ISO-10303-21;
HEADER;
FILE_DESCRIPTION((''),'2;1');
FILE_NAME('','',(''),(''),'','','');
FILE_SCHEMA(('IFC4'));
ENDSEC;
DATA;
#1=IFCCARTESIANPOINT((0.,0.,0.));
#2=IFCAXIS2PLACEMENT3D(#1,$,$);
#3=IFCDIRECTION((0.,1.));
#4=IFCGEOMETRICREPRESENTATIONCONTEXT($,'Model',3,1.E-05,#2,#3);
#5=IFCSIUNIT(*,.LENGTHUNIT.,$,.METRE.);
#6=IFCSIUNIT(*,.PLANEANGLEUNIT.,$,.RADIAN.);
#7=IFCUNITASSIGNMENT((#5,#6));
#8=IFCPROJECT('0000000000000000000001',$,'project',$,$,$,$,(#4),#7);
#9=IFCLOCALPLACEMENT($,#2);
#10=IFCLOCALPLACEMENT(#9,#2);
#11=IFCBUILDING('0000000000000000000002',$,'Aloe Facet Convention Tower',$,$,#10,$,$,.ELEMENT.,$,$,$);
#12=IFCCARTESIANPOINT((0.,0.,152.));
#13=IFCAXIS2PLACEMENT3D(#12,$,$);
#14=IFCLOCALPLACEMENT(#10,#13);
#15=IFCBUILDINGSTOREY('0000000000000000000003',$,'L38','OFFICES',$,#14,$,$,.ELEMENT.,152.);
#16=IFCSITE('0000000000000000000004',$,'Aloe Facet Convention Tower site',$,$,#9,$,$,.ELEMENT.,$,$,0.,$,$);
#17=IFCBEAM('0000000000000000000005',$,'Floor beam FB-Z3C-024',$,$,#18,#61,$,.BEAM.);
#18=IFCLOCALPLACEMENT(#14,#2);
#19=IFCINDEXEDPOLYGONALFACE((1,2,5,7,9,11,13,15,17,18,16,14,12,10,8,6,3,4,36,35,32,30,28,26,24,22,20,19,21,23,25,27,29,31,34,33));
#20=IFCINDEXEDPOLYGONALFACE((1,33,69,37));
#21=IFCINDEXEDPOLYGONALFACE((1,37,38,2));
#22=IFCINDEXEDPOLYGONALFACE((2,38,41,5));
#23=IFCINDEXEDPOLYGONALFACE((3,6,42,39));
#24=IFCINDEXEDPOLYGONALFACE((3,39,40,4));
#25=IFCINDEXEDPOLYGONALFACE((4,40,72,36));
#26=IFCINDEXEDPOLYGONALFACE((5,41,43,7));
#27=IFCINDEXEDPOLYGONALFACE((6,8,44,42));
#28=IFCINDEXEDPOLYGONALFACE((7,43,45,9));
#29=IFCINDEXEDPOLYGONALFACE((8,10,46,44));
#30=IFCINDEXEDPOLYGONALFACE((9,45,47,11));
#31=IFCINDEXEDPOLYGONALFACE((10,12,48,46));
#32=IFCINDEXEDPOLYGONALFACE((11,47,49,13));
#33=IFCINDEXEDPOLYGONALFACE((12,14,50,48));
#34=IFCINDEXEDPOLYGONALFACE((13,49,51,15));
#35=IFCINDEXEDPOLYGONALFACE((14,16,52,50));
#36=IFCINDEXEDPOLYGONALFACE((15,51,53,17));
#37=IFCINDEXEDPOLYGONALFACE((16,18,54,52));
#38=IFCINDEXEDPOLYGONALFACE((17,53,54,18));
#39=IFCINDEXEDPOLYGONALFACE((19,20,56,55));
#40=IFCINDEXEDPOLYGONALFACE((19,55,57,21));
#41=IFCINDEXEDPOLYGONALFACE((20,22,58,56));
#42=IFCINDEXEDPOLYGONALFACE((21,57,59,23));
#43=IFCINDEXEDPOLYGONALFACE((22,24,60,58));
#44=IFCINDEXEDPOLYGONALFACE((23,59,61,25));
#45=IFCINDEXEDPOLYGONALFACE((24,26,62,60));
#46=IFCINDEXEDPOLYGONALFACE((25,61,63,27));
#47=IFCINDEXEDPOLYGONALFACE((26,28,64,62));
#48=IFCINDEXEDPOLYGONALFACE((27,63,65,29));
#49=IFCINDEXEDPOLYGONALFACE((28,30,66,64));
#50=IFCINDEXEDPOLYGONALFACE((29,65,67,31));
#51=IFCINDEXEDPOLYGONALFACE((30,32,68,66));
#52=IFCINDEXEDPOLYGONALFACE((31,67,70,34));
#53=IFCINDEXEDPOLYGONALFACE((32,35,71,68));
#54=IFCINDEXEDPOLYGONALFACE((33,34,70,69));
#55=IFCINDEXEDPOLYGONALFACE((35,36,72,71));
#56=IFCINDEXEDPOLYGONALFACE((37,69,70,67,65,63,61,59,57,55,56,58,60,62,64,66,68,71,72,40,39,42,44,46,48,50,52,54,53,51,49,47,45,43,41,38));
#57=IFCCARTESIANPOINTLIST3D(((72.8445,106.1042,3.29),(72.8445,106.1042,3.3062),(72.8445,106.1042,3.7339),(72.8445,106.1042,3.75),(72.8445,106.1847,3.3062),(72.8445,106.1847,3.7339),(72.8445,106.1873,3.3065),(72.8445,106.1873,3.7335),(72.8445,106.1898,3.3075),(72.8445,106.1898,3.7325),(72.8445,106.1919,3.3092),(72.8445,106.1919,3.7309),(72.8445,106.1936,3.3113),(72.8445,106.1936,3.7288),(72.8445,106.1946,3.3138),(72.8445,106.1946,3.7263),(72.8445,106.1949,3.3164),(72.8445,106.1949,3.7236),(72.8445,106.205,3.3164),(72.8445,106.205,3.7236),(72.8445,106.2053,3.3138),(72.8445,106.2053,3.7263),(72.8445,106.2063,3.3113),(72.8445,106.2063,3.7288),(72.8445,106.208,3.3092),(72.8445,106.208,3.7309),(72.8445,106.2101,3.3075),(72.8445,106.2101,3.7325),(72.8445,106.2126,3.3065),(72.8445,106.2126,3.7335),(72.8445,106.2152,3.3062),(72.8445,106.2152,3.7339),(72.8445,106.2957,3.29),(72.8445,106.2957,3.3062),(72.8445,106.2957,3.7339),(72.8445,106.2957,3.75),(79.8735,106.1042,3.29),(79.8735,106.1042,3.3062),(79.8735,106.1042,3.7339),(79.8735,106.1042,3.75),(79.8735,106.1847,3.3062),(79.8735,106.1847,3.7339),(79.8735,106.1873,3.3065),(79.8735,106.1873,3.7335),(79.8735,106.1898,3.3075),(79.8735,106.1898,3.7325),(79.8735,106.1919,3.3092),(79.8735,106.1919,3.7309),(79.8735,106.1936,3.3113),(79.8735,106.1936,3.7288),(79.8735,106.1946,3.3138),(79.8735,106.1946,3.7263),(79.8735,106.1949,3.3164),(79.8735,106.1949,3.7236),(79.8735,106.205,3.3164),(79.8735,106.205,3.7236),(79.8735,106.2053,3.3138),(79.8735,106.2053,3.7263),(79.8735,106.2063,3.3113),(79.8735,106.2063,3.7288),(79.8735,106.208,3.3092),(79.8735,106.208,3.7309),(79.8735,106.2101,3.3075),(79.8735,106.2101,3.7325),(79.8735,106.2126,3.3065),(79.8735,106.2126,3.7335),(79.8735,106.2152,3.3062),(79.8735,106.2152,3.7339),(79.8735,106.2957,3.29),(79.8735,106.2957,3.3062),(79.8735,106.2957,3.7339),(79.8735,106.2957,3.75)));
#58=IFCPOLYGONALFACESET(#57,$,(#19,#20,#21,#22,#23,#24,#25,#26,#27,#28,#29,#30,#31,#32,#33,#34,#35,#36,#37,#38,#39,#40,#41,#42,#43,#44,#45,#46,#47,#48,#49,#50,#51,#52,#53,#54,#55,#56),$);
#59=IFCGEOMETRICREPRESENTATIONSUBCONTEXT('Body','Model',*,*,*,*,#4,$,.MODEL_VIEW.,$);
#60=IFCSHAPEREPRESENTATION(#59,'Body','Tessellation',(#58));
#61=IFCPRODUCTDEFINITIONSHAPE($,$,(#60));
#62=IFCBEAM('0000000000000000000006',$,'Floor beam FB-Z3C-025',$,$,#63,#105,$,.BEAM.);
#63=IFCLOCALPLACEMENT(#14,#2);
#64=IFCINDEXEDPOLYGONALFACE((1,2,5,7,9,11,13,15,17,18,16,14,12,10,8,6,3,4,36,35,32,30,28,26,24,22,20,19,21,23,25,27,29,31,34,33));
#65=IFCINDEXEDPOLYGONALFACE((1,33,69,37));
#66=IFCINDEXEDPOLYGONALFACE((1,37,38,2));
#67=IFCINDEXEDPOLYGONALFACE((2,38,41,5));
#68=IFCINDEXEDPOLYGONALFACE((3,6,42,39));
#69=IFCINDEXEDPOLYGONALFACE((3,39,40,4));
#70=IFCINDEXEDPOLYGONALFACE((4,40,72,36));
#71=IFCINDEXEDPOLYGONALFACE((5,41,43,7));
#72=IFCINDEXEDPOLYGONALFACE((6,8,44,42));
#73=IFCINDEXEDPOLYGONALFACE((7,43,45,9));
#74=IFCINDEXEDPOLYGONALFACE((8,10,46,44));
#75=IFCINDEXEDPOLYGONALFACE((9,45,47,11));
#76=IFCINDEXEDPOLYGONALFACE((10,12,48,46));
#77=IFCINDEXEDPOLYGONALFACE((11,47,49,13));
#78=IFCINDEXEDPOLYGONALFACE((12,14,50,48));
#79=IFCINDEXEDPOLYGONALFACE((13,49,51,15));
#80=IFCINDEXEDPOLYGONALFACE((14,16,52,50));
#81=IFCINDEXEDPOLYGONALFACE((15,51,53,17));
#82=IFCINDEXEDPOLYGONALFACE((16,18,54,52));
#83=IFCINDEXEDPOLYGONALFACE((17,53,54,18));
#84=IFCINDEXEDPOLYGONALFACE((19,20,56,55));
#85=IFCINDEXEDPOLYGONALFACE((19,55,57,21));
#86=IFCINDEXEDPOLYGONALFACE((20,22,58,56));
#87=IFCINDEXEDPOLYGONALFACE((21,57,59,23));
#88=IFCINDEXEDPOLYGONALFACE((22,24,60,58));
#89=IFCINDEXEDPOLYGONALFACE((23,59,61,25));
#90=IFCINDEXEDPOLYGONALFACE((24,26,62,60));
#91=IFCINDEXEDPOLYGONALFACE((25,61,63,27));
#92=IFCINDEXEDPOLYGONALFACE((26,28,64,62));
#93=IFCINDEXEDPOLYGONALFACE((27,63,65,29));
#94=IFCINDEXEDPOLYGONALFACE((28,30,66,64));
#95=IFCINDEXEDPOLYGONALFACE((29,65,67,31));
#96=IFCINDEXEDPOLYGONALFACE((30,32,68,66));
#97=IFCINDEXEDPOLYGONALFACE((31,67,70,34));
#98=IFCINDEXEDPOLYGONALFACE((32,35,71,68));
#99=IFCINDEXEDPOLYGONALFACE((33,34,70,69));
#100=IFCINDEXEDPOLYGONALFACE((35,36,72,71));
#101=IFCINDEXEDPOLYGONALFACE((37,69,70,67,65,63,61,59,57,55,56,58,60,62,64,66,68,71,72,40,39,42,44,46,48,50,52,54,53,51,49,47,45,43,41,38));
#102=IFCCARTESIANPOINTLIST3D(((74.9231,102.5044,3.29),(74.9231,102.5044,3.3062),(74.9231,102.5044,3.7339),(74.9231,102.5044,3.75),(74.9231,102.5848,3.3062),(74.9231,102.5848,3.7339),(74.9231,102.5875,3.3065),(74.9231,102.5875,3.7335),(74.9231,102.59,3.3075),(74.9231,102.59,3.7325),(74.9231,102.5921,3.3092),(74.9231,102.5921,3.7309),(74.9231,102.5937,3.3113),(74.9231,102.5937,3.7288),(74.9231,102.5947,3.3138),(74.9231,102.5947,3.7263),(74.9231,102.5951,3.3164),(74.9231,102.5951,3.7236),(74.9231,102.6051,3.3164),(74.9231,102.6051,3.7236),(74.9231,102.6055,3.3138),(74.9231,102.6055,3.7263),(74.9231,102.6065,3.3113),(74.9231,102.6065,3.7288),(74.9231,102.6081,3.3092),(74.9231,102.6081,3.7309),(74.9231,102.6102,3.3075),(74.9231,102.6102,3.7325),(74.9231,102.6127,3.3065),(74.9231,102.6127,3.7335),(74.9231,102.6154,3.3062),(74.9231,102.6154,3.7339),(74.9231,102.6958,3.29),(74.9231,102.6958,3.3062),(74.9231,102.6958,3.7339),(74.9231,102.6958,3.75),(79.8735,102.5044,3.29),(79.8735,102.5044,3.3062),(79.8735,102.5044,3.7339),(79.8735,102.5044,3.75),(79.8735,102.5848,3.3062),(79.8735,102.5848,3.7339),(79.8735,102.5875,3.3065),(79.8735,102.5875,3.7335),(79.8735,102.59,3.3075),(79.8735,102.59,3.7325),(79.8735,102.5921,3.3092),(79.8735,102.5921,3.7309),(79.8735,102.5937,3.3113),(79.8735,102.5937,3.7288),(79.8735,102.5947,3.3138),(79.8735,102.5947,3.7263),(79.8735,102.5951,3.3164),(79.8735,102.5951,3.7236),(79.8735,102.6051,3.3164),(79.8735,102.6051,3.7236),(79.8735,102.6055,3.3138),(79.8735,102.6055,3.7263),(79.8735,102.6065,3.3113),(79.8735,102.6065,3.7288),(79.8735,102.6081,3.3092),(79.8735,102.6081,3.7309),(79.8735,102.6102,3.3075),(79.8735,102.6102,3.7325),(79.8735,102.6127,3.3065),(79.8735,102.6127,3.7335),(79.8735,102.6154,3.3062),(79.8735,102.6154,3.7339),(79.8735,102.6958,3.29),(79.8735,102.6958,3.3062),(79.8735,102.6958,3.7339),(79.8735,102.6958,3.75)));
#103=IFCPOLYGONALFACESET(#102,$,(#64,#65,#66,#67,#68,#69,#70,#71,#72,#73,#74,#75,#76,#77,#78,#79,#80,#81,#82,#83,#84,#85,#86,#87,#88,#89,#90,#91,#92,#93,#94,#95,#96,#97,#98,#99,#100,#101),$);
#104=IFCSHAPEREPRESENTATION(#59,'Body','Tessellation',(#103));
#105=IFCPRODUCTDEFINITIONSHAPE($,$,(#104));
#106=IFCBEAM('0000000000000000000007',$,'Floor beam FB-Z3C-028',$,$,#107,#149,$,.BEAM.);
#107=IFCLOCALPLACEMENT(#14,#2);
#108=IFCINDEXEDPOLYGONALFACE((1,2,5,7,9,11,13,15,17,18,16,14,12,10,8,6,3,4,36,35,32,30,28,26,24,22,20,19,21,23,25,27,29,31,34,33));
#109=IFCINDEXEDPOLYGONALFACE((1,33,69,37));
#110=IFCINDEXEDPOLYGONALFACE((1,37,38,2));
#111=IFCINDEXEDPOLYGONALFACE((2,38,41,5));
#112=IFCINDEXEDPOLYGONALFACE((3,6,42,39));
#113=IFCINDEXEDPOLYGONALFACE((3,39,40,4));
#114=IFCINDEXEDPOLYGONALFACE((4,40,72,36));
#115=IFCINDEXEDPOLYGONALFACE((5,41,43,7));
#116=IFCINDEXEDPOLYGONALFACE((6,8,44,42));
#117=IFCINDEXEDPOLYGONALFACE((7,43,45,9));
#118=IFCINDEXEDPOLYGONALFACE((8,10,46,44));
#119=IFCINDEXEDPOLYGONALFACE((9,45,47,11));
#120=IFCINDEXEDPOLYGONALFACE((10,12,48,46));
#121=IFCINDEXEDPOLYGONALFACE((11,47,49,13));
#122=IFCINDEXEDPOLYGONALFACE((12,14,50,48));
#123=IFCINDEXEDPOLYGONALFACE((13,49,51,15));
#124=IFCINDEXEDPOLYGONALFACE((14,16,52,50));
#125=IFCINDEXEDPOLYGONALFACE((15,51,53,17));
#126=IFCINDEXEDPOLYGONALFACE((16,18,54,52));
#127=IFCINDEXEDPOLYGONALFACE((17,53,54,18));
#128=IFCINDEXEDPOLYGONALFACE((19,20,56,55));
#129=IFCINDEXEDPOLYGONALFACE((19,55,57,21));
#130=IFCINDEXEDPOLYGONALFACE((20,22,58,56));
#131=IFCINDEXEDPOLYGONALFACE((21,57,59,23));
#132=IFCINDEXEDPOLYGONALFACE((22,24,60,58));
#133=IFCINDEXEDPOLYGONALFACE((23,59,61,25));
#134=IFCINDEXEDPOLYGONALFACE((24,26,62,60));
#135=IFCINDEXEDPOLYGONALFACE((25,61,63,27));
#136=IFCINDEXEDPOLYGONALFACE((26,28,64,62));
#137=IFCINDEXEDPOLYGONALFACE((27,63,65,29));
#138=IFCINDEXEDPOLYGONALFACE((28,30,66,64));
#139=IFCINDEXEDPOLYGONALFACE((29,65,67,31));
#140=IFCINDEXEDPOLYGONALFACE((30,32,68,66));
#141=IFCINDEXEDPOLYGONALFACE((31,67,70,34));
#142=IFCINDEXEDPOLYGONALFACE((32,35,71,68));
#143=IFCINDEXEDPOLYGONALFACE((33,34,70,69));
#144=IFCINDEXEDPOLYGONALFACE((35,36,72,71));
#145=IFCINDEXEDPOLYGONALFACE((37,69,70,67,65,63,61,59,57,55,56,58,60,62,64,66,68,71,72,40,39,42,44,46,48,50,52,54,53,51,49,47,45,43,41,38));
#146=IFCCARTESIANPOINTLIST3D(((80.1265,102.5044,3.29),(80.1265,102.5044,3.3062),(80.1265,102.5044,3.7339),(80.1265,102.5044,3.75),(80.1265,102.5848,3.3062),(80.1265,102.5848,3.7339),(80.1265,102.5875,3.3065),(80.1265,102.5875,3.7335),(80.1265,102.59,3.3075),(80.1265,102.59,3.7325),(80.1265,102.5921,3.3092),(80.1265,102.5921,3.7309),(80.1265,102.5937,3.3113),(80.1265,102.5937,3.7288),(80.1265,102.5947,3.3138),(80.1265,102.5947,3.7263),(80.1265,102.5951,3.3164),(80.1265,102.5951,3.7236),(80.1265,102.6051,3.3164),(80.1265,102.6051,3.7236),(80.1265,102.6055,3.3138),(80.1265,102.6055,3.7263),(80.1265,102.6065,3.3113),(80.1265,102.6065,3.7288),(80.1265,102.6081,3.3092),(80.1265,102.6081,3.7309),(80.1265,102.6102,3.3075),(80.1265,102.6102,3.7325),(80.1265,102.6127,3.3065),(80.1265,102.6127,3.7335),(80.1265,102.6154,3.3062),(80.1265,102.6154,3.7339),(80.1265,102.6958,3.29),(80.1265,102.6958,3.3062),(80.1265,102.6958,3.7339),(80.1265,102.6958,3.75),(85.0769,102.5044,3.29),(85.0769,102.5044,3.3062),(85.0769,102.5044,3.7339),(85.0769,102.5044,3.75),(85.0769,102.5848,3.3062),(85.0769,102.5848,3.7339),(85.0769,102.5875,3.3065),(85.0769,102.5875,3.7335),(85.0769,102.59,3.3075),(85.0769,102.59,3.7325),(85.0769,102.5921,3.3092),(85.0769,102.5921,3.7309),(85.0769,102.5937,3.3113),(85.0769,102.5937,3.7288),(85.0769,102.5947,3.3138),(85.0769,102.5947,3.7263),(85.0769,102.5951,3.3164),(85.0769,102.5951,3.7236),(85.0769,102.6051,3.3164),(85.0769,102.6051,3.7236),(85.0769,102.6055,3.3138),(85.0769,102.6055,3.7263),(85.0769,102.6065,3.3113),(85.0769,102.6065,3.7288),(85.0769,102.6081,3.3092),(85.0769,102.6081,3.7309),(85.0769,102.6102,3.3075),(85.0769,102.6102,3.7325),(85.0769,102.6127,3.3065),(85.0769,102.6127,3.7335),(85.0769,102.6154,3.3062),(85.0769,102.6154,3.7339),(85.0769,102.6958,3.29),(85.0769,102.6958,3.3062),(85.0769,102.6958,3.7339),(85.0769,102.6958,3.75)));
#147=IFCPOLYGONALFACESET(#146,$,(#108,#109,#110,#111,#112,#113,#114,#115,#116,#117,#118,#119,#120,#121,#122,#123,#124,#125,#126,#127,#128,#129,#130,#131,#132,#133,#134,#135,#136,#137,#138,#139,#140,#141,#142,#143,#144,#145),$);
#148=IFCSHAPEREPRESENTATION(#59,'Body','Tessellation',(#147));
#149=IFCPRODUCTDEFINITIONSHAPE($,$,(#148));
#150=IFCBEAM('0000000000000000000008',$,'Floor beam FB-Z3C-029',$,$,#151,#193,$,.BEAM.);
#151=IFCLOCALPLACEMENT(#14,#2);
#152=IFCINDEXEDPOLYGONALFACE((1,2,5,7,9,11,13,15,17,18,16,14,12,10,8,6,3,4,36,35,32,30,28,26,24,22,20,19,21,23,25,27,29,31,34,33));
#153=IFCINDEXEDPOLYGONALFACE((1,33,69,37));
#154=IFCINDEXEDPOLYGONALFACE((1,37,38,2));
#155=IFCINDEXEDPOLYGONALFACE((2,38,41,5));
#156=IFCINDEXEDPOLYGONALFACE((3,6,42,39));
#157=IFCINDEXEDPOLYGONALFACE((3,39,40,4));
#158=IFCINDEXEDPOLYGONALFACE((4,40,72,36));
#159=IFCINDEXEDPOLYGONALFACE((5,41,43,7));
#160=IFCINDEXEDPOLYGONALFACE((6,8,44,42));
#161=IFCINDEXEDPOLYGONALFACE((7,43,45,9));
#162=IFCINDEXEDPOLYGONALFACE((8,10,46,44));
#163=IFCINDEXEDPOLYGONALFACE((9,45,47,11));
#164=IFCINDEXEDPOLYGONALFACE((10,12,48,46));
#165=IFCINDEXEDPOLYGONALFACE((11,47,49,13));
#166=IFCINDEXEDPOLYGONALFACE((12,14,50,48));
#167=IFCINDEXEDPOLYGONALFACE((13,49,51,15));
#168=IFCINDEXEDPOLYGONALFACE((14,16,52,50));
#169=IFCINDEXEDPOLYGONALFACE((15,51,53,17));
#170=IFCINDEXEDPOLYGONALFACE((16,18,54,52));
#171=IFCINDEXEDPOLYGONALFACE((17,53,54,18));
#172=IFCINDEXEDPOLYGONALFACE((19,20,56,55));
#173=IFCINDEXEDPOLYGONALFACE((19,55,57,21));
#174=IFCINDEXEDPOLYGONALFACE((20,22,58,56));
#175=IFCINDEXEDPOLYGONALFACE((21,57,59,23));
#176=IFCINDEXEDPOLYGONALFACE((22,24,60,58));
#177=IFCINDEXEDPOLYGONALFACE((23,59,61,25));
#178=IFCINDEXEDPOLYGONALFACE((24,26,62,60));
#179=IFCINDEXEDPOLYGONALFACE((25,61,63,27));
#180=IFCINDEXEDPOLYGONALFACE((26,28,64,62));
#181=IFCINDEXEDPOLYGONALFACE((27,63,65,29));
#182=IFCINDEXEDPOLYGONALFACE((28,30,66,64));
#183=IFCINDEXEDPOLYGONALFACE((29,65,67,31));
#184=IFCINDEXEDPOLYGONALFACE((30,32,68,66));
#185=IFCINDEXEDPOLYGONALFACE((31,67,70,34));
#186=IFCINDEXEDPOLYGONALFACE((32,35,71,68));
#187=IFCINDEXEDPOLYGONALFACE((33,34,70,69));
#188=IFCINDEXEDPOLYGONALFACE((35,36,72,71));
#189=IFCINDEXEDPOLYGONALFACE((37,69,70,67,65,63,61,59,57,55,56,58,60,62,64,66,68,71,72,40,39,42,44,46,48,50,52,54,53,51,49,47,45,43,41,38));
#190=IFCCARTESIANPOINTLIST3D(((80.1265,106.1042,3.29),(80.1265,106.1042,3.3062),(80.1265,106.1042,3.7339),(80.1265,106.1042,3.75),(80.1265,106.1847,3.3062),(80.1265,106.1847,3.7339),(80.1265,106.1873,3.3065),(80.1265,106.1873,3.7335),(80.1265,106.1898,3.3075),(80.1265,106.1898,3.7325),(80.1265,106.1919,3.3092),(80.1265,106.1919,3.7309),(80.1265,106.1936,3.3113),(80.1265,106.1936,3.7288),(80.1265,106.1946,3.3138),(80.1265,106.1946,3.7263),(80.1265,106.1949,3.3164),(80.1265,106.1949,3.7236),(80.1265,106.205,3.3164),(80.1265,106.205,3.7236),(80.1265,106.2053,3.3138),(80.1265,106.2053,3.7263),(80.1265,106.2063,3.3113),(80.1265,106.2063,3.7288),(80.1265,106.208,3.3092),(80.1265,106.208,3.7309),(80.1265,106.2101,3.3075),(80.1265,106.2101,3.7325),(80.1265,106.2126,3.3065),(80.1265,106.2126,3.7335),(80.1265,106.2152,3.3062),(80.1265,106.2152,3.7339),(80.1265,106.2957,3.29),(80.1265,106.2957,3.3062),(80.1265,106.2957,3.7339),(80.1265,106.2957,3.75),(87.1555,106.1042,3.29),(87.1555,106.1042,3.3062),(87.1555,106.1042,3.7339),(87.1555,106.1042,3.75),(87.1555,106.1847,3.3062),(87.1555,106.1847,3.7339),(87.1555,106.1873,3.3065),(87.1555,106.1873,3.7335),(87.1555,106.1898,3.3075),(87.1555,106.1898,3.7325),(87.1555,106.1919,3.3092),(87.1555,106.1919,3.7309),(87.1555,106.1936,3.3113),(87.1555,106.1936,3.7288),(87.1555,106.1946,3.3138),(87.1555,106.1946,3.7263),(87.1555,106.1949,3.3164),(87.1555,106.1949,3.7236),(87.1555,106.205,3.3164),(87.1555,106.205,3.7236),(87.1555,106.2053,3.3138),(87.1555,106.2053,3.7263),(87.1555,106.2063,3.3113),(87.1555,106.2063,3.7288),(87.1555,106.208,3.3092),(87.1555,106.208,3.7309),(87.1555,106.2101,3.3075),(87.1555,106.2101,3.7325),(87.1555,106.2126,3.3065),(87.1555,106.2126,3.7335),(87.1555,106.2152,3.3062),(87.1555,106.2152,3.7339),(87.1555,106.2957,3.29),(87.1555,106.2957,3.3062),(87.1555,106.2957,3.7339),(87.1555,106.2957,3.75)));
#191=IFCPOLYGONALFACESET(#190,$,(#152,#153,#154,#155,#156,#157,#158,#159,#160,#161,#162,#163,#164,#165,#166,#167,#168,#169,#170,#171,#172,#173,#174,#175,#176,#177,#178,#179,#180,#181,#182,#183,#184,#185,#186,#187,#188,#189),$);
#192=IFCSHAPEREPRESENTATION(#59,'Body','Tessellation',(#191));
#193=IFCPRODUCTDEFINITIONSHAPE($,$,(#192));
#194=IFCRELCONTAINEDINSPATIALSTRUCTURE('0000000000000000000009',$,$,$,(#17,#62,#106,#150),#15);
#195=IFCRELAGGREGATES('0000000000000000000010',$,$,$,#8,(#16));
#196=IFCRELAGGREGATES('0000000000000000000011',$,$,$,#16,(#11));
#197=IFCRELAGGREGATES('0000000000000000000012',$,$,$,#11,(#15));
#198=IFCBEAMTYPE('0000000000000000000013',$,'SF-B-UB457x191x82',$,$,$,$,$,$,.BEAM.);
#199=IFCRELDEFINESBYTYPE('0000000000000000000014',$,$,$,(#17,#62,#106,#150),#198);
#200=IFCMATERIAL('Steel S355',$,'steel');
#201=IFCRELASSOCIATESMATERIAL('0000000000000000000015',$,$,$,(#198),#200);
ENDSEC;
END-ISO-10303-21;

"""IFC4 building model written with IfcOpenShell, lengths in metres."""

from ifc_helpers import new_model, si_unit, direction, frame, origin, origin_2d, place, context, subcontext, project, spatial, i_section, extrude, material, material_profile, profile_set, type_object, element, save


model = new_model("IFC4")

# Units and contexts
model_context = context("Model", 3, precision=1e-05, world=origin(), true_north=direction((0.0, 1.0)))
body_context = subcontext(model_context, "Body", "Model", "MODEL_VIEW")
ifc_project = project(units=[si_unit("LENGTHUNIT", "METRE"), si_unit("PLANEANGLEUNIT", "RADIAN")], contexts=[model_context])

# Site, building, storey
site_placement = place(None, origin())
site = spatial("IfcSite", under=ifc_project, at=site_placement, Name="Aloe Facet Convention Tower site", CompositionType="ELEMENT", RefElevation=0.0)
building_placement = place(site_placement, origin())
building = spatial("IfcBuilding", under=site, at=building_placement, Name="Aloe Facet Convention Tower", CompositionType="ELEMENT")
storey_placement = place(building_placement, frame((0.0, 0.0, 152.0)))
storey = spatial("IfcBuildingStorey", under=building, at=storey_placement, Name="L38", Description="OFFICES", CompositionType="ELEMENT", Elevation=152.0)

# Beams
ifc_material_1 = material(Name="Steel S355", Category="steel")
ifc_material_profile_1 = material_profile(ifc_material_1, i_section(OverallWidth=0.1914, OverallDepth=0.46, WebThickness=0.01, FlangeThickness=0.0161, FilletRadius=0.0103, at=origin_2d()), Name="UB 457x191x82")
ifc_profile_set_1 = profile_set([ifc_material_profile_1], Name="Steel S355")
beam_type_1 = type_object("IfcBeamType", Name="SF-B-UB457x191x82", PredefinedType="BEAM", material=ifc_profile_set_1)
beam_1_placement = place(storey_placement, frame((72.8445, 106.2, 3.52), z_axis=(1.0, 0.0, 0.0), x_axis=(0.0, 1.0, 0.0)))
element("IfcBeam", 1, at=beam_1_placement, inside=storey, type_object=beam_type_1, Name="Floor beam FB-Z3C-024", PredefinedType="BEAM", context=body_context, shape_type="SweptSolid", body=[
    extrude(i_section(OverallWidth=0.1914, OverallDepth=0.46, WebThickness=0.01, FlangeThickness=0.0161, FilletRadius=0.0103, at=origin_2d()), origin(), (0.0, 0.0, 1.0), 7.0291),
])
for number, where, z_axis, x_axis, name in (
    (2, (74.9231, 102.6001, 3.52), (1.0, 0.0, 0.0), (0.0, 1.0, 0.0), "Floor beam FB-Z3C-025"),
    (3, (80.1265, 102.6001, 3.52), (1.0, 0.0, 0.0), (0.0, 1.0, 0.0), "Floor beam FB-Z3C-028"),
):
    element("IfcBeam", number, at=place(storey_placement, frame(where, z_axis=z_axis, x_axis=x_axis)), inside=storey, type_object=beam_type_1, Name=name, PredefinedType="BEAM", context=body_context, shape_type="SweptSolid", body=[
        extrude(i_section(OverallWidth=0.1914, OverallDepth=0.46, WebThickness=0.01, FlangeThickness=0.0161, FilletRadius=0.0103, at=origin_2d()), origin(), (0.0, 0.0, 1.0), 4.9504),
    ])
beam_2_placement = place(storey_placement, frame((80.1265, 106.2, 3.52), z_axis=(1.0, 0.0, 0.0), x_axis=(0.0, 1.0, 0.0)))
element("IfcBeam", 4, at=beam_2_placement, inside=storey, type_object=beam_type_1, Name="Floor beam FB-Z3C-029", PredefinedType="BEAM", context=body_context, shape_type="SweptSolid", body=[
    extrude(i_section(OverallWidth=0.1914, OverallDepth=0.46, WebThickness=0.01, FlangeThickness=0.0161, FilletRadius=0.0103, at=origin_2d()), origin(), (0.0, 0.0, 1.0), 7.0291),
])

save(model, "model.ifc")
